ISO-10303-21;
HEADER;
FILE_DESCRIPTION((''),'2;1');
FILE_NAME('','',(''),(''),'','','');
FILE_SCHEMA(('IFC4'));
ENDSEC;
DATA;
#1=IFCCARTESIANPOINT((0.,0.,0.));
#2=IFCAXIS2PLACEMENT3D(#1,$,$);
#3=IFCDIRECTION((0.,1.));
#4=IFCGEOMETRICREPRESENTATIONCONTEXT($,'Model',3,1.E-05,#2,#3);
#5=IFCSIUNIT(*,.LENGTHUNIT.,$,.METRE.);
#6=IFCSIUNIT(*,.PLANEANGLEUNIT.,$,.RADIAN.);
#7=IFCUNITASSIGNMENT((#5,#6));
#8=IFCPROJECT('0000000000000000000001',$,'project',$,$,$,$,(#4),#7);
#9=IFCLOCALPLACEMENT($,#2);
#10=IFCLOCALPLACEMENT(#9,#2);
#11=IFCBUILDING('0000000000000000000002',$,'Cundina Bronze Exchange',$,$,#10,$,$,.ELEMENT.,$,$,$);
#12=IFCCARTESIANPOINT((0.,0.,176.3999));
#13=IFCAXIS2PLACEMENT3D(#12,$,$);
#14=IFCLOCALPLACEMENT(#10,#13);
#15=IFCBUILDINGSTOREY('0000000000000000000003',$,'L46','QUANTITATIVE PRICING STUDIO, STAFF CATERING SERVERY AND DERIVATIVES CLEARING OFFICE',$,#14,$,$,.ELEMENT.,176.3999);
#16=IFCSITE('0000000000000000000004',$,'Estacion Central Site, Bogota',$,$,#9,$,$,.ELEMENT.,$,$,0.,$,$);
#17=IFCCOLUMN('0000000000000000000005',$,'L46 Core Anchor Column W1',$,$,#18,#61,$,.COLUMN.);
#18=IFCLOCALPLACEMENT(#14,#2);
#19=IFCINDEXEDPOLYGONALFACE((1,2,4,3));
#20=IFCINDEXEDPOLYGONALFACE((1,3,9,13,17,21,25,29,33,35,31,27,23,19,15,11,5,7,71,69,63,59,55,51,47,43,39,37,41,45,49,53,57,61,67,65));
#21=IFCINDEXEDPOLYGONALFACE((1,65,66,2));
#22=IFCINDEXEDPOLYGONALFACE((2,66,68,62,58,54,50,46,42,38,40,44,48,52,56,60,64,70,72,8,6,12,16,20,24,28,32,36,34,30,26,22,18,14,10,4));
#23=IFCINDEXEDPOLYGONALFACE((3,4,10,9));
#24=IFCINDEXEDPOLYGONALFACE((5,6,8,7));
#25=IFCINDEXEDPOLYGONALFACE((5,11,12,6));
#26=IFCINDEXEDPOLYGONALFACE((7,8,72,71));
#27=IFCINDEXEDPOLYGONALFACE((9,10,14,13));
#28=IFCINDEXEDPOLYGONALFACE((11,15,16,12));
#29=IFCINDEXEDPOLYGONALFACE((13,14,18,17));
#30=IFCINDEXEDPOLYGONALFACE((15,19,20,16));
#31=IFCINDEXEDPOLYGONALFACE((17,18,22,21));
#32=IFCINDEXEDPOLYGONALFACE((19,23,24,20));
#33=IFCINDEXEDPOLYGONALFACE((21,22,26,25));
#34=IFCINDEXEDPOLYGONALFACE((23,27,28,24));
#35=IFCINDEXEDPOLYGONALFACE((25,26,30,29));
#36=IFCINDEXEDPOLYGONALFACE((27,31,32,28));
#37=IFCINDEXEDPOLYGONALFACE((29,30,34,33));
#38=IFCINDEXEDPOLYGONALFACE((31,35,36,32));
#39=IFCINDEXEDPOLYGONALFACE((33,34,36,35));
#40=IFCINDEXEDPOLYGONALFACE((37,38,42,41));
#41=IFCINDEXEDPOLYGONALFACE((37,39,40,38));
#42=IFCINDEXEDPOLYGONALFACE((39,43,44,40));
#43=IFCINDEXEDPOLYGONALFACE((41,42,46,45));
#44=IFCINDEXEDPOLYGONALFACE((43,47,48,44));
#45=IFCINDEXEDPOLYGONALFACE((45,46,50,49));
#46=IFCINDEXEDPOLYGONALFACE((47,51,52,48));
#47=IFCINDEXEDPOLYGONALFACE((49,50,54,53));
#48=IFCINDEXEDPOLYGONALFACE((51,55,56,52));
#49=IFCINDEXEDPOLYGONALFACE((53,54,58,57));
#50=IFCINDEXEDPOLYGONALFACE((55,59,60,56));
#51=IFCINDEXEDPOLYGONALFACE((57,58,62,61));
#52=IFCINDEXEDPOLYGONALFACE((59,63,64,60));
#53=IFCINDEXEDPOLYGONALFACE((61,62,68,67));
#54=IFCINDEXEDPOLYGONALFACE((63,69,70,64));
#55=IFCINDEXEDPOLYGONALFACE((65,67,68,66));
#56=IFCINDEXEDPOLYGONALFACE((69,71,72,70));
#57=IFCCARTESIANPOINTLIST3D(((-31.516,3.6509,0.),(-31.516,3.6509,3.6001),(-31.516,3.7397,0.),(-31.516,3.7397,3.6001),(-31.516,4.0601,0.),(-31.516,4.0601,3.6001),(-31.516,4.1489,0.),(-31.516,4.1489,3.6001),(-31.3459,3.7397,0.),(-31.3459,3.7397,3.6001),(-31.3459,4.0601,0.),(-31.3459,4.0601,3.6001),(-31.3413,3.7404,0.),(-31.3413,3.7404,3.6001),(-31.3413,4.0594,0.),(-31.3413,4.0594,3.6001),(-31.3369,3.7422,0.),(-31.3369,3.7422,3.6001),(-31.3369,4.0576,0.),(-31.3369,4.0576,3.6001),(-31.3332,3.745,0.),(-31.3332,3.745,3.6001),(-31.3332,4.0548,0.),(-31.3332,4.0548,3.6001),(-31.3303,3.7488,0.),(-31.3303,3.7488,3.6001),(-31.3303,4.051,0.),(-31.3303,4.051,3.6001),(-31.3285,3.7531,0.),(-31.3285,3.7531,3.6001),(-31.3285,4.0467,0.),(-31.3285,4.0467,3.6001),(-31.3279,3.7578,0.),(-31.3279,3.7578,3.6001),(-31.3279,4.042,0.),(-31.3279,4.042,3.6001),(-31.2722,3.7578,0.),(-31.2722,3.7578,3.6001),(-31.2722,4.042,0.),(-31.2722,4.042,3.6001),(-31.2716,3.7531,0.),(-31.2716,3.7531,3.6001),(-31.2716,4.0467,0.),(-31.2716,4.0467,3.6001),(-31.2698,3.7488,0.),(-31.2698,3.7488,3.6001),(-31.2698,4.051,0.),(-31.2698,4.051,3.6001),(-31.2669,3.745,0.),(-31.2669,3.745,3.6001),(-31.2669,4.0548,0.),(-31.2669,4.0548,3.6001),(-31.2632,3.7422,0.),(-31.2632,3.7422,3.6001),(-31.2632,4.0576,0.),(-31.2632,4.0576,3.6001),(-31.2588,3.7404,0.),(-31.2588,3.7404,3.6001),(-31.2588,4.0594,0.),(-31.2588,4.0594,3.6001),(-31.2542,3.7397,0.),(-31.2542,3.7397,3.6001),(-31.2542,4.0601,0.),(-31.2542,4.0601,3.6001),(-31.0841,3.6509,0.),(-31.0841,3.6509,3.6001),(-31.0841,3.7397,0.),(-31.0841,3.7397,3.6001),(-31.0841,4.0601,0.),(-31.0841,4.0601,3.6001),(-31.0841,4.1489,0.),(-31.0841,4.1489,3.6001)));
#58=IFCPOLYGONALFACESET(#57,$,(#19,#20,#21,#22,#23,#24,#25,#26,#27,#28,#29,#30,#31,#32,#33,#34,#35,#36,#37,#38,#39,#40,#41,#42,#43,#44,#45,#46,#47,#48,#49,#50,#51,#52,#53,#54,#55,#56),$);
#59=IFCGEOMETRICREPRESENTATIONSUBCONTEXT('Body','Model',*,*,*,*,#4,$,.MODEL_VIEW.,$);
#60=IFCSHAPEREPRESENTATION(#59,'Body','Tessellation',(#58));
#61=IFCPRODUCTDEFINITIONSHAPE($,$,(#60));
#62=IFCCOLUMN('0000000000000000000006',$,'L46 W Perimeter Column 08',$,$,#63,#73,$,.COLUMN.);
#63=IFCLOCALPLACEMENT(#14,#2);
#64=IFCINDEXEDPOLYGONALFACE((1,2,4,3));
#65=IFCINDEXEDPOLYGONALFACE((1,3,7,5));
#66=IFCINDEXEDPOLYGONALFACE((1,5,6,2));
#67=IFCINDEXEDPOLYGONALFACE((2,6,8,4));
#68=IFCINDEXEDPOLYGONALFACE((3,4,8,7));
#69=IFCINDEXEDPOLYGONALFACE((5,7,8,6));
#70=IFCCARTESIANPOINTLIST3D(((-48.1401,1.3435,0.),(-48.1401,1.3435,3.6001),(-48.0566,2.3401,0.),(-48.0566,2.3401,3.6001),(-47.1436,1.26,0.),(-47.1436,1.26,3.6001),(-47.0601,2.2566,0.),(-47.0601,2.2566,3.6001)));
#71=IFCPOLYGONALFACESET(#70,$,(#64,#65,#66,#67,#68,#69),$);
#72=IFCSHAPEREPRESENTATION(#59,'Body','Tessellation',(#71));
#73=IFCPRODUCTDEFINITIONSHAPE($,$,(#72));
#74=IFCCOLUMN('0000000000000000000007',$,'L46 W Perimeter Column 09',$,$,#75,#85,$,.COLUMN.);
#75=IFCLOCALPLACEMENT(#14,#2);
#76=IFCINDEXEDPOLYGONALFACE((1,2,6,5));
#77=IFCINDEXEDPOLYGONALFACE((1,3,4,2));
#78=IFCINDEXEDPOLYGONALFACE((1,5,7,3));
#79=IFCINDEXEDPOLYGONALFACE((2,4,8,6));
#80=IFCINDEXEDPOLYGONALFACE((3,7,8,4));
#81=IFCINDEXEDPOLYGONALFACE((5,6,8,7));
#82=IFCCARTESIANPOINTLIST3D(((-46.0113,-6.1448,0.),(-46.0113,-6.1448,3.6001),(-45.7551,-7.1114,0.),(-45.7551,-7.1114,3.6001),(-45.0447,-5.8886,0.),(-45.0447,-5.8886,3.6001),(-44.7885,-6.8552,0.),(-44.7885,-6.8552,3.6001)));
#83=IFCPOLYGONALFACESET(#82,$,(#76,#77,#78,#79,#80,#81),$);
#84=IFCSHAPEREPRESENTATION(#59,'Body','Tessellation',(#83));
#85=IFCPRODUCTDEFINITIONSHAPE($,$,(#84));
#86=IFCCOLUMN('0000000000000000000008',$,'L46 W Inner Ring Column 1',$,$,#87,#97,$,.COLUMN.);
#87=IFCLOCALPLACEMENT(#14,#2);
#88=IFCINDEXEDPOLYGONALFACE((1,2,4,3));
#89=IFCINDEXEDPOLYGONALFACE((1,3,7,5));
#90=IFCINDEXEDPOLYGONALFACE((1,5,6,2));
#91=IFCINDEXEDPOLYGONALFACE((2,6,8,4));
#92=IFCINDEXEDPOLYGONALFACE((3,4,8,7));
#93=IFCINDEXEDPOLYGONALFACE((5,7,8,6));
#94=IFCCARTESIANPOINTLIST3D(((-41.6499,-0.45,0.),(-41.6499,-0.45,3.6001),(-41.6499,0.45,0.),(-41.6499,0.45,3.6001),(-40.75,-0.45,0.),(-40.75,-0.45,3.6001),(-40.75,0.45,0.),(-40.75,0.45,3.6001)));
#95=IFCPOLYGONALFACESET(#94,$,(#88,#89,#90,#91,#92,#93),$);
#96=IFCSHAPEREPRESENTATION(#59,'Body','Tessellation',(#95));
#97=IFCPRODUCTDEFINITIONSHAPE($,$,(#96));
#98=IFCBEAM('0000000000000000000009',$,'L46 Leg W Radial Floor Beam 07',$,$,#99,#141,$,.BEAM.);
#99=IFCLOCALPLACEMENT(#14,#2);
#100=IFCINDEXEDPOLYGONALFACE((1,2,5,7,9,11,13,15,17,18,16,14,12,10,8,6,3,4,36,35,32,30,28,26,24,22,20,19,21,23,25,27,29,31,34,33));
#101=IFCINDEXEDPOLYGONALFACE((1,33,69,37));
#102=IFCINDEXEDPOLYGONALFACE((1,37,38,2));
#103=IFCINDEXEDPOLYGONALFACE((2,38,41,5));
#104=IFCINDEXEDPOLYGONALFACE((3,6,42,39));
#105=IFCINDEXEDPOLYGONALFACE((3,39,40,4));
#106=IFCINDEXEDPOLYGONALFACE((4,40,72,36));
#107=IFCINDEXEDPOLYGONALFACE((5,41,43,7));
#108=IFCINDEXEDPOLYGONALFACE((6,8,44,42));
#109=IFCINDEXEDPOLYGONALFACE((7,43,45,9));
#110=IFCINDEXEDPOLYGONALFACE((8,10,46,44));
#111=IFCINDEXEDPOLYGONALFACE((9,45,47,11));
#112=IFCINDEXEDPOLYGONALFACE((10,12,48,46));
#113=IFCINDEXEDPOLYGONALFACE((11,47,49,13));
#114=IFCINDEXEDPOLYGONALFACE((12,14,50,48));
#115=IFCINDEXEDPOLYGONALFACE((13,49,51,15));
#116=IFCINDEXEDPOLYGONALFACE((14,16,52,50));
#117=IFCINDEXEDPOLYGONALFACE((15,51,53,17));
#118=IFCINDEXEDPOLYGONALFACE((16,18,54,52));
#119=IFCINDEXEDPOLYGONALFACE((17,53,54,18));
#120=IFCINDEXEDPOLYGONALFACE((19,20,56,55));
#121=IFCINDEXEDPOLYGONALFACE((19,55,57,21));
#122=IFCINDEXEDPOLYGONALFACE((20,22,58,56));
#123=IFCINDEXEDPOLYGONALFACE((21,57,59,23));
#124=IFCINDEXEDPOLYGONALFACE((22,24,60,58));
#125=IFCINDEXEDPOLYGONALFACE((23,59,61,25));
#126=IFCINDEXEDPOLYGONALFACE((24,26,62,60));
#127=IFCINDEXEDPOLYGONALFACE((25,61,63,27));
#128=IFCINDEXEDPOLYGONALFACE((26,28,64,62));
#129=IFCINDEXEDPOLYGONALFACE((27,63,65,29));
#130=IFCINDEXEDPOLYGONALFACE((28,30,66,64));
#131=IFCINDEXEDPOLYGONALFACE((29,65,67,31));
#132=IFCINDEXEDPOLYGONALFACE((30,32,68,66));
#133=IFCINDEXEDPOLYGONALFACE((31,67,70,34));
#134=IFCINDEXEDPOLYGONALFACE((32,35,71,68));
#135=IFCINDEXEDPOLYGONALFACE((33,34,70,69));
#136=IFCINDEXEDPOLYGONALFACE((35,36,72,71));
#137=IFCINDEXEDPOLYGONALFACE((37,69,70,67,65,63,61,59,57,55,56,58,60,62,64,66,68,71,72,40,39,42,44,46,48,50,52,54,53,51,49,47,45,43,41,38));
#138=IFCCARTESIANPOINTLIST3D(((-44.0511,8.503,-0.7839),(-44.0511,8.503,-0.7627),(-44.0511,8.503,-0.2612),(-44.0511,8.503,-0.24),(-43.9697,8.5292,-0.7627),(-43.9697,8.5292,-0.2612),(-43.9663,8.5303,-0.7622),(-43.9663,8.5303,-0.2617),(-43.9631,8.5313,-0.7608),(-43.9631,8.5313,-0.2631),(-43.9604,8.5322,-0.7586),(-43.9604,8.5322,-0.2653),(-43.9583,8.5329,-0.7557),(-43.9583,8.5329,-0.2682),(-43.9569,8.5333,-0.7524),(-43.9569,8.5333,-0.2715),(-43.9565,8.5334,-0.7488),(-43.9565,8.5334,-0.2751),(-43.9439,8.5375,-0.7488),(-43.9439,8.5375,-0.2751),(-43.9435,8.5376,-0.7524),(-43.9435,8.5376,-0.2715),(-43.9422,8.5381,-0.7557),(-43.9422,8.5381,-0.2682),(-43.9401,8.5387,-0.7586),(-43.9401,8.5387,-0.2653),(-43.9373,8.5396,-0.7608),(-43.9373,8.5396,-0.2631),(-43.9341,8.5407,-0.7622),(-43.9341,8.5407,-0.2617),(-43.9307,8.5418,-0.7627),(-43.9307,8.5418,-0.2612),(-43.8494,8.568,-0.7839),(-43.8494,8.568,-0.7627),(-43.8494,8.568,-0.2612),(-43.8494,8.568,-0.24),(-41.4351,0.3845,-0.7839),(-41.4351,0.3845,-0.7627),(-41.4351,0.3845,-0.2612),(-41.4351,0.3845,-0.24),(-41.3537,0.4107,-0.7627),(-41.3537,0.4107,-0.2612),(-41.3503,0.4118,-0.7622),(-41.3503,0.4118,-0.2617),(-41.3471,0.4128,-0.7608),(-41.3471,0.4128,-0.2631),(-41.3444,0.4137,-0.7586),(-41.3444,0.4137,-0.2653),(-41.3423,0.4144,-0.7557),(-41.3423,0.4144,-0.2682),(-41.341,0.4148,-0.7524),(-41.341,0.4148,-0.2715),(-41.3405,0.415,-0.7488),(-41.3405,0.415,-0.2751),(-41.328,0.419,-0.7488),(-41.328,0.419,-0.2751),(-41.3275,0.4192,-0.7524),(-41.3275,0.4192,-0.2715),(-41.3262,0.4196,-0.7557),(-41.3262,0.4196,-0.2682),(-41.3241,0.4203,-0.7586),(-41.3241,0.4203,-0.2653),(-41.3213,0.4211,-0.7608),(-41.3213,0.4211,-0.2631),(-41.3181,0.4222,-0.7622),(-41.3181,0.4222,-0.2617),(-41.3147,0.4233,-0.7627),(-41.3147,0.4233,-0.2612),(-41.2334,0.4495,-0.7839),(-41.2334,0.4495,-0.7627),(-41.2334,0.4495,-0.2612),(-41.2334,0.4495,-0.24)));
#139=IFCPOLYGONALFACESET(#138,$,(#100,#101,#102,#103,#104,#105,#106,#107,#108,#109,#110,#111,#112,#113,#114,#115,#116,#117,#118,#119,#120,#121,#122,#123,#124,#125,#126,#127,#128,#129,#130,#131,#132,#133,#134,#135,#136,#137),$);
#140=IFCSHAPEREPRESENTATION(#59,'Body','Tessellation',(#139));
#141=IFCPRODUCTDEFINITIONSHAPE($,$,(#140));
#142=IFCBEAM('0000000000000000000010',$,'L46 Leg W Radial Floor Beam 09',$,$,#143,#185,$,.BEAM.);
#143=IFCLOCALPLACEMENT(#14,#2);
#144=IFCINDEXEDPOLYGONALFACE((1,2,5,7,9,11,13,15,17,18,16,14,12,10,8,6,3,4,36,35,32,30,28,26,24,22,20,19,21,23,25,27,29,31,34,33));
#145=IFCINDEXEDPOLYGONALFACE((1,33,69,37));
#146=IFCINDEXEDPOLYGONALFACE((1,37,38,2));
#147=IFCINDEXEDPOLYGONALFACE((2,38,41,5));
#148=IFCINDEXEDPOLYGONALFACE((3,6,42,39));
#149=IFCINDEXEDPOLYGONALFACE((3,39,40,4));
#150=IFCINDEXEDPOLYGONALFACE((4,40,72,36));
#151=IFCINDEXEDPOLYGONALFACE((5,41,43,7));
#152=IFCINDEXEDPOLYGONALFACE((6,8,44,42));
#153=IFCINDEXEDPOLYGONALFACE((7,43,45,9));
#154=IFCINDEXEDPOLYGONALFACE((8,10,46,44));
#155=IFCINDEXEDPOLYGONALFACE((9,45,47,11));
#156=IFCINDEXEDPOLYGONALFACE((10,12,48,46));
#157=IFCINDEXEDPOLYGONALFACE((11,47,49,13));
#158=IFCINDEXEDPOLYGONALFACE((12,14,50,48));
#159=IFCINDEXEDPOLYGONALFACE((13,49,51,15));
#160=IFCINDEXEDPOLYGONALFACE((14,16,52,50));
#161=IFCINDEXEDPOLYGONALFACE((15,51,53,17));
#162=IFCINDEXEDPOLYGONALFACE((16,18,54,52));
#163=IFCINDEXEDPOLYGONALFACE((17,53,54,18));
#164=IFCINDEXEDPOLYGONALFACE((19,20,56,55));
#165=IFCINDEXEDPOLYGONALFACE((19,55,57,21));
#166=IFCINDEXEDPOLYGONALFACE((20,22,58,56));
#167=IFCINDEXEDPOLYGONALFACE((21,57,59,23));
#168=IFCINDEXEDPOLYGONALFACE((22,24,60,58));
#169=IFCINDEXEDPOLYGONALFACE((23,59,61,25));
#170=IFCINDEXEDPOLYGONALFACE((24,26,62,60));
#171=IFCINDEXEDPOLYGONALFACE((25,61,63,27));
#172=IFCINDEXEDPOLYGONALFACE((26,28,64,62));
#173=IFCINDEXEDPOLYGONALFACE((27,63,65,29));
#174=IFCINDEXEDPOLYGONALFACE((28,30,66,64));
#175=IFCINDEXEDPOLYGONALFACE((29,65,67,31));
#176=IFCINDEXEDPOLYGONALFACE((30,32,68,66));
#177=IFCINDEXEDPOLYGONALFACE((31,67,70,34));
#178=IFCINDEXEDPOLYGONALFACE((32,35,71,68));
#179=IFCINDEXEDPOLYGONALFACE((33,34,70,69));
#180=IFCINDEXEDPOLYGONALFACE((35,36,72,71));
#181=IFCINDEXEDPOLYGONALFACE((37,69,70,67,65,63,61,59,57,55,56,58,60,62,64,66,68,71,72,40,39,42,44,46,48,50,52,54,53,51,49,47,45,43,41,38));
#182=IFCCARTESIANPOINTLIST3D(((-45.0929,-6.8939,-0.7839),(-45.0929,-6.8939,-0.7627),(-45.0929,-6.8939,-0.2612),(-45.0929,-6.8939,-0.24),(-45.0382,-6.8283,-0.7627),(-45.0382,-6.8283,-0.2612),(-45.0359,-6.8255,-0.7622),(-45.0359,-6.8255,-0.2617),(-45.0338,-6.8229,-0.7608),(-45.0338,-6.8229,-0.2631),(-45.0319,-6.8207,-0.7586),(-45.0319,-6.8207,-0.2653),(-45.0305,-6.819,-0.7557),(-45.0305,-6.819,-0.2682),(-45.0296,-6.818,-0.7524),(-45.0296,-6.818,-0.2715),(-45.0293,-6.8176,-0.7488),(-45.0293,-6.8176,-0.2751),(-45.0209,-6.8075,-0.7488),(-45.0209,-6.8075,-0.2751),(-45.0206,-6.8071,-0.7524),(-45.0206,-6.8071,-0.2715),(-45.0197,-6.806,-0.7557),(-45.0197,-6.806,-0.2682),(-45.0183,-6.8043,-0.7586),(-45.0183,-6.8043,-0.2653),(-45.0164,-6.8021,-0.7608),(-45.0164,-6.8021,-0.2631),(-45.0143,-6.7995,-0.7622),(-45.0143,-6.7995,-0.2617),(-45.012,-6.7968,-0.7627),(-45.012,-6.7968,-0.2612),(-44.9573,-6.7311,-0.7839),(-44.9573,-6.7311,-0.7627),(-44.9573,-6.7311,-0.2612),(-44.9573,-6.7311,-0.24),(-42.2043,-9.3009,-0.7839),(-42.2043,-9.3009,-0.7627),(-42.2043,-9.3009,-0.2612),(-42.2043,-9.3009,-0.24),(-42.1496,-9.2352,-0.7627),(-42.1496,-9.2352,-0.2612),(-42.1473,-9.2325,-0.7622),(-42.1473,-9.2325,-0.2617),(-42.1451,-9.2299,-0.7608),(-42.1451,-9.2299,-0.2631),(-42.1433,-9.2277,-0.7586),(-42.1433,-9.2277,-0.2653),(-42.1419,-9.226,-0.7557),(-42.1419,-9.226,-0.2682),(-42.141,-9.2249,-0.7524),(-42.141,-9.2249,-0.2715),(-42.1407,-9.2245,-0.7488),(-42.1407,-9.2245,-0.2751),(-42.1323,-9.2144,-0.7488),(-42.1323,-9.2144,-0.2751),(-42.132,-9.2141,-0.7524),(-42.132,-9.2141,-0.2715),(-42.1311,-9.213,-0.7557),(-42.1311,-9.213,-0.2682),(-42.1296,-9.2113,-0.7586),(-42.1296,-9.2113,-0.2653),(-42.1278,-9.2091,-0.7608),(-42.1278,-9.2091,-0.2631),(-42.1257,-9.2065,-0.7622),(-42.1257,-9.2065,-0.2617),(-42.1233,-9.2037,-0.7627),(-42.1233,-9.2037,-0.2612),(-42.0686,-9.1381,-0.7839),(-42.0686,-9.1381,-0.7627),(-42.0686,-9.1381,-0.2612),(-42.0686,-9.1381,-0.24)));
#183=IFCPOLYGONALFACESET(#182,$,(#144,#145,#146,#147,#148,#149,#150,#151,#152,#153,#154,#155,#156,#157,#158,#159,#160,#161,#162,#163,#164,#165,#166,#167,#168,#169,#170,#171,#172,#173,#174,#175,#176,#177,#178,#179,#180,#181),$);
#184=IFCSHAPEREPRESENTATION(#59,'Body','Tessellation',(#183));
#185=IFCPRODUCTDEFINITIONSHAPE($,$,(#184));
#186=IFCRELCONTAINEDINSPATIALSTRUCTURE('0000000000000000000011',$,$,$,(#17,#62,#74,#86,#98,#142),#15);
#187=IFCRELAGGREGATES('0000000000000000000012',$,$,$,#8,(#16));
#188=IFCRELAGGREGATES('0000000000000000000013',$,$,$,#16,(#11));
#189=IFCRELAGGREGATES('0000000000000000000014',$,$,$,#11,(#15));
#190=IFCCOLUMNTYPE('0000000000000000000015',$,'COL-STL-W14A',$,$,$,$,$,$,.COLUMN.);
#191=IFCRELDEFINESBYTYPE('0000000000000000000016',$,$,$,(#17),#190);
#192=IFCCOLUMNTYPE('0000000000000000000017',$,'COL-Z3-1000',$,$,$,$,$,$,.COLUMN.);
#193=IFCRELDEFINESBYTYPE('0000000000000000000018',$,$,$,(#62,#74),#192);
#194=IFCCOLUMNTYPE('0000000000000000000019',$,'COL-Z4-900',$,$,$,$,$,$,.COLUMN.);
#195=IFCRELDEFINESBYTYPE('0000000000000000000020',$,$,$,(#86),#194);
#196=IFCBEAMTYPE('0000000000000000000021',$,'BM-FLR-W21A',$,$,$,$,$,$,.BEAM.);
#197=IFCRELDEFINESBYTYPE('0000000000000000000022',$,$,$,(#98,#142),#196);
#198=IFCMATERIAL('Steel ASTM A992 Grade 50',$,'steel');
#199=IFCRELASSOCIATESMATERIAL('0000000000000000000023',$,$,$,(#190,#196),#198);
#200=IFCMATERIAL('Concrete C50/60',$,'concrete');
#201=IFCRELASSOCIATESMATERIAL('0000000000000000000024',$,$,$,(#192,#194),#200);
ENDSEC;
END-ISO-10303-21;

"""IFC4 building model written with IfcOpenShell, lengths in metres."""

from ifc_helpers import new_model, si_unit, direction, frame, origin, origin_2d, place, context, subcontext, project, spatial, rectangle, i_section, extrude, material, material_profile, profile_set, type_object, element, save


model = new_model("IFC4")

# Units and contexts
model_context = context("Model", 3, precision=1e-05, world=origin(), true_north=direction((0.0, 1.0)))
body_context = subcontext(model_context, "Body", "Model", "MODEL_VIEW")
ifc_project = project(units=[si_unit("LENGTHUNIT", "METRE"), si_unit("PLANEANGLEUNIT", "RADIAN")], contexts=[model_context])

# Site, building, storey
site_placement = place(None, origin())
site = spatial("IfcSite", under=ifc_project, at=site_placement, Name="Estacion Central Site, Bogota", CompositionType="ELEMENT", RefElevation=0.0)
building_placement = place(site_placement, origin())
building = spatial("IfcBuilding", under=site, at=building_placement, Name="Cundina Bronze Exchange", CompositionType="ELEMENT")
storey_placement = place(building_placement, frame((0.0, 0.0, 176.3999)))
storey = spatial("IfcBuildingStorey", under=building, at=storey_placement, Name="L46", Description="QUANTITATIVE PRICING STUDIO, STAFF CATERING SERVERY AND DERIVATIVES CLEARING OFFICE", CompositionType="ELEMENT", Elevation=176.3999)

# Columns
ifc_material_1 = material(Name="Steel ASTM A992 Grade 50", Category="steel")
ifc_material_profile_1 = material_profile(ifc_material_1, i_section(OverallWidth=0.4319, OverallDepth=0.498, WebThickness=0.0557, FlangeThickness=0.0889, FilletRadius=0.0181, at=origin_2d()), Name="W14X500", Category="steel")
ifc_profile_set_1 = profile_set([ifc_material_profile_1], Name="Steel ASTM A992 Grade 50")
column_type_1 = type_object("IfcColumnType", Name="COL-STL-W14A", PredefinedType="COLUMN", material=ifc_profile_set_1)
column_1_placement = place(storey_placement, frame((-31.3, 3.8999, 0.0), z_axis=(0.0, 0.0, 1.0), x_axis=(1.0, 0.0, 0.0)))
element("IfcColumn", 1, at=column_1_placement, inside=storey, type_object=column_type_1, Name="L46 Core Anchor Column W1", PredefinedType="COLUMN", context=body_context, shape_type="SweptSolid", body=[
    extrude(i_section(OverallWidth=0.4319, OverallDepth=0.498, WebThickness=0.0557, FlangeThickness=0.0889, FilletRadius=0.0181, at=origin_2d()), origin(), (0.0, 0.0, 1.0), 3.6001),
])
ifc_material_2 = material(Name="Concrete C50/60", Category="concrete")
ifc_material_profile_2 = material_profile(ifc_material_2, rectangle(XDim=1.0, YDim=1.0, at=origin_2d()), Name="RC1000X1000", Category="concrete")
ifc_profile_set_2 = profile_set([ifc_material_profile_2], Name="Concrete C50/60")
column_type_2 = type_object("IfcColumnType", Name="COL-Z3-1000", PredefinedType="COLUMN", material=ifc_profile_set_2)
for number, where, z_axis, x_axis, name in (
    (2, (-47.6001, 1.8, 0.0), (0.0, 0.0, 1.0), (-0.083504, -0.996507, 0.0), "L46 W Perimeter Column 08"),
    (3, (-45.3999, -6.5, 0.0), (0.0, 0.0, 1.0), (0.256289, -0.9666, 0.0), "L46 W Perimeter Column 09"),
):
    element("IfcColumn", number, at=place(storey_placement, frame(where, z_axis=z_axis, x_axis=x_axis)), inside=storey, type_object=column_type_2, Name=name, PredefinedType="COLUMN", context=body_context, shape_type="SweptSolid", body=[
        extrude(rectangle(XDim=1.0, YDim=1.0, at=origin_2d()), origin(), (0.0, 0.0, 1.0), 3.6001),
    ])
ifc_material_profile_3 = material_profile(ifc_material_2, rectangle(XDim=0.8999, YDim=0.8999, at=origin_2d()), Name="RC900X900", Category="concrete")
ifc_profile_set_3 = profile_set([ifc_material_profile_3], Name="Concrete C50/60")
column_type_3 = type_object("IfcColumnType", Name="COL-Z4-900", PredefinedType="COLUMN", material=ifc_profile_set_3)
column_2_placement = place(storey_placement, frame((-41.2, 0.0, 0.0), z_axis=(0.0, 0.0, 1.0), x_axis=(1.0, 0.0, 0.0)))
element("IfcColumn", 4, at=column_2_placement, inside=storey, type_object=column_type_3, Name="L46 W Inner Ring Column 1", PredefinedType="COLUMN", context=body_context, shape_type="SweptSolid", body=[
    extrude(rectangle(XDim=0.8999, YDim=0.8999, at=origin_2d()), origin(), (0.0, 0.0, 1.0), 3.6001),
])

# Beams
ifc_material_profile_4 = material_profile(ifc_material_1, i_section(OverallWidth=0.2119, OverallDepth=0.5439, WebThickness=0.0132, FlangeThickness=0.0212, FilletRadius=0.0139, at=origin_2d()), Name="W21X83", Category="steel")
ifc_profile_set_4 = profile_set([ifc_material_profile_4], Name="Steel ASTM A992 Grade 50")
beam_type_1 = type_object("IfcBeamType", Name="BM-FLR-W21A", PredefinedType="BEAM", material=ifc_profile_set_4)
beam_1_placement = place(storey_placement, frame((-41.3342, 0.417, -0.512), z_axis=(-0.306698, 0.951807, 0.0), x_axis=(-0.951807, -0.306698, 0.0)))
element("IfcBeam", 5, at=beam_1_placement, inside=storey, type_object=beam_type_1, Name="L46 Leg W Radial Floor Beam 07", PredefinedType="BEAM", context=body_context, shape_type="SweptSolid", body=[
    extrude(i_section(OverallWidth=0.2119, OverallDepth=0.5439, WebThickness=0.0132, FlangeThickness=0.0212, FilletRadius=0.0139, at=origin_2d()), origin(), (0.0, 0.0, 1.0), 8.5295),
])
beam_2_placement = place(storey_placement, frame((-42.1365, -9.2195, -0.512), z_axis=(-0.768253, 0.640146, 0.0), x_axis=(-0.640146, -0.768253, 0.0)))
element("IfcBeam", 6, at=beam_2_placement, inside=storey, type_object=beam_type_1, Name="L46 Leg W Radial Floor Beam 09", PredefinedType="BEAM", context=body_context, shape_type="SweptSolid", body=[
    extrude(i_section(OverallWidth=0.2119, OverallDepth=0.5439, WebThickness=0.0132, FlangeThickness=0.0212, FilletRadius=0.0139, at=origin_2d()), origin(), (0.0, 0.0, 1.0), 3.76),
])

save(model, "model.ifc")
